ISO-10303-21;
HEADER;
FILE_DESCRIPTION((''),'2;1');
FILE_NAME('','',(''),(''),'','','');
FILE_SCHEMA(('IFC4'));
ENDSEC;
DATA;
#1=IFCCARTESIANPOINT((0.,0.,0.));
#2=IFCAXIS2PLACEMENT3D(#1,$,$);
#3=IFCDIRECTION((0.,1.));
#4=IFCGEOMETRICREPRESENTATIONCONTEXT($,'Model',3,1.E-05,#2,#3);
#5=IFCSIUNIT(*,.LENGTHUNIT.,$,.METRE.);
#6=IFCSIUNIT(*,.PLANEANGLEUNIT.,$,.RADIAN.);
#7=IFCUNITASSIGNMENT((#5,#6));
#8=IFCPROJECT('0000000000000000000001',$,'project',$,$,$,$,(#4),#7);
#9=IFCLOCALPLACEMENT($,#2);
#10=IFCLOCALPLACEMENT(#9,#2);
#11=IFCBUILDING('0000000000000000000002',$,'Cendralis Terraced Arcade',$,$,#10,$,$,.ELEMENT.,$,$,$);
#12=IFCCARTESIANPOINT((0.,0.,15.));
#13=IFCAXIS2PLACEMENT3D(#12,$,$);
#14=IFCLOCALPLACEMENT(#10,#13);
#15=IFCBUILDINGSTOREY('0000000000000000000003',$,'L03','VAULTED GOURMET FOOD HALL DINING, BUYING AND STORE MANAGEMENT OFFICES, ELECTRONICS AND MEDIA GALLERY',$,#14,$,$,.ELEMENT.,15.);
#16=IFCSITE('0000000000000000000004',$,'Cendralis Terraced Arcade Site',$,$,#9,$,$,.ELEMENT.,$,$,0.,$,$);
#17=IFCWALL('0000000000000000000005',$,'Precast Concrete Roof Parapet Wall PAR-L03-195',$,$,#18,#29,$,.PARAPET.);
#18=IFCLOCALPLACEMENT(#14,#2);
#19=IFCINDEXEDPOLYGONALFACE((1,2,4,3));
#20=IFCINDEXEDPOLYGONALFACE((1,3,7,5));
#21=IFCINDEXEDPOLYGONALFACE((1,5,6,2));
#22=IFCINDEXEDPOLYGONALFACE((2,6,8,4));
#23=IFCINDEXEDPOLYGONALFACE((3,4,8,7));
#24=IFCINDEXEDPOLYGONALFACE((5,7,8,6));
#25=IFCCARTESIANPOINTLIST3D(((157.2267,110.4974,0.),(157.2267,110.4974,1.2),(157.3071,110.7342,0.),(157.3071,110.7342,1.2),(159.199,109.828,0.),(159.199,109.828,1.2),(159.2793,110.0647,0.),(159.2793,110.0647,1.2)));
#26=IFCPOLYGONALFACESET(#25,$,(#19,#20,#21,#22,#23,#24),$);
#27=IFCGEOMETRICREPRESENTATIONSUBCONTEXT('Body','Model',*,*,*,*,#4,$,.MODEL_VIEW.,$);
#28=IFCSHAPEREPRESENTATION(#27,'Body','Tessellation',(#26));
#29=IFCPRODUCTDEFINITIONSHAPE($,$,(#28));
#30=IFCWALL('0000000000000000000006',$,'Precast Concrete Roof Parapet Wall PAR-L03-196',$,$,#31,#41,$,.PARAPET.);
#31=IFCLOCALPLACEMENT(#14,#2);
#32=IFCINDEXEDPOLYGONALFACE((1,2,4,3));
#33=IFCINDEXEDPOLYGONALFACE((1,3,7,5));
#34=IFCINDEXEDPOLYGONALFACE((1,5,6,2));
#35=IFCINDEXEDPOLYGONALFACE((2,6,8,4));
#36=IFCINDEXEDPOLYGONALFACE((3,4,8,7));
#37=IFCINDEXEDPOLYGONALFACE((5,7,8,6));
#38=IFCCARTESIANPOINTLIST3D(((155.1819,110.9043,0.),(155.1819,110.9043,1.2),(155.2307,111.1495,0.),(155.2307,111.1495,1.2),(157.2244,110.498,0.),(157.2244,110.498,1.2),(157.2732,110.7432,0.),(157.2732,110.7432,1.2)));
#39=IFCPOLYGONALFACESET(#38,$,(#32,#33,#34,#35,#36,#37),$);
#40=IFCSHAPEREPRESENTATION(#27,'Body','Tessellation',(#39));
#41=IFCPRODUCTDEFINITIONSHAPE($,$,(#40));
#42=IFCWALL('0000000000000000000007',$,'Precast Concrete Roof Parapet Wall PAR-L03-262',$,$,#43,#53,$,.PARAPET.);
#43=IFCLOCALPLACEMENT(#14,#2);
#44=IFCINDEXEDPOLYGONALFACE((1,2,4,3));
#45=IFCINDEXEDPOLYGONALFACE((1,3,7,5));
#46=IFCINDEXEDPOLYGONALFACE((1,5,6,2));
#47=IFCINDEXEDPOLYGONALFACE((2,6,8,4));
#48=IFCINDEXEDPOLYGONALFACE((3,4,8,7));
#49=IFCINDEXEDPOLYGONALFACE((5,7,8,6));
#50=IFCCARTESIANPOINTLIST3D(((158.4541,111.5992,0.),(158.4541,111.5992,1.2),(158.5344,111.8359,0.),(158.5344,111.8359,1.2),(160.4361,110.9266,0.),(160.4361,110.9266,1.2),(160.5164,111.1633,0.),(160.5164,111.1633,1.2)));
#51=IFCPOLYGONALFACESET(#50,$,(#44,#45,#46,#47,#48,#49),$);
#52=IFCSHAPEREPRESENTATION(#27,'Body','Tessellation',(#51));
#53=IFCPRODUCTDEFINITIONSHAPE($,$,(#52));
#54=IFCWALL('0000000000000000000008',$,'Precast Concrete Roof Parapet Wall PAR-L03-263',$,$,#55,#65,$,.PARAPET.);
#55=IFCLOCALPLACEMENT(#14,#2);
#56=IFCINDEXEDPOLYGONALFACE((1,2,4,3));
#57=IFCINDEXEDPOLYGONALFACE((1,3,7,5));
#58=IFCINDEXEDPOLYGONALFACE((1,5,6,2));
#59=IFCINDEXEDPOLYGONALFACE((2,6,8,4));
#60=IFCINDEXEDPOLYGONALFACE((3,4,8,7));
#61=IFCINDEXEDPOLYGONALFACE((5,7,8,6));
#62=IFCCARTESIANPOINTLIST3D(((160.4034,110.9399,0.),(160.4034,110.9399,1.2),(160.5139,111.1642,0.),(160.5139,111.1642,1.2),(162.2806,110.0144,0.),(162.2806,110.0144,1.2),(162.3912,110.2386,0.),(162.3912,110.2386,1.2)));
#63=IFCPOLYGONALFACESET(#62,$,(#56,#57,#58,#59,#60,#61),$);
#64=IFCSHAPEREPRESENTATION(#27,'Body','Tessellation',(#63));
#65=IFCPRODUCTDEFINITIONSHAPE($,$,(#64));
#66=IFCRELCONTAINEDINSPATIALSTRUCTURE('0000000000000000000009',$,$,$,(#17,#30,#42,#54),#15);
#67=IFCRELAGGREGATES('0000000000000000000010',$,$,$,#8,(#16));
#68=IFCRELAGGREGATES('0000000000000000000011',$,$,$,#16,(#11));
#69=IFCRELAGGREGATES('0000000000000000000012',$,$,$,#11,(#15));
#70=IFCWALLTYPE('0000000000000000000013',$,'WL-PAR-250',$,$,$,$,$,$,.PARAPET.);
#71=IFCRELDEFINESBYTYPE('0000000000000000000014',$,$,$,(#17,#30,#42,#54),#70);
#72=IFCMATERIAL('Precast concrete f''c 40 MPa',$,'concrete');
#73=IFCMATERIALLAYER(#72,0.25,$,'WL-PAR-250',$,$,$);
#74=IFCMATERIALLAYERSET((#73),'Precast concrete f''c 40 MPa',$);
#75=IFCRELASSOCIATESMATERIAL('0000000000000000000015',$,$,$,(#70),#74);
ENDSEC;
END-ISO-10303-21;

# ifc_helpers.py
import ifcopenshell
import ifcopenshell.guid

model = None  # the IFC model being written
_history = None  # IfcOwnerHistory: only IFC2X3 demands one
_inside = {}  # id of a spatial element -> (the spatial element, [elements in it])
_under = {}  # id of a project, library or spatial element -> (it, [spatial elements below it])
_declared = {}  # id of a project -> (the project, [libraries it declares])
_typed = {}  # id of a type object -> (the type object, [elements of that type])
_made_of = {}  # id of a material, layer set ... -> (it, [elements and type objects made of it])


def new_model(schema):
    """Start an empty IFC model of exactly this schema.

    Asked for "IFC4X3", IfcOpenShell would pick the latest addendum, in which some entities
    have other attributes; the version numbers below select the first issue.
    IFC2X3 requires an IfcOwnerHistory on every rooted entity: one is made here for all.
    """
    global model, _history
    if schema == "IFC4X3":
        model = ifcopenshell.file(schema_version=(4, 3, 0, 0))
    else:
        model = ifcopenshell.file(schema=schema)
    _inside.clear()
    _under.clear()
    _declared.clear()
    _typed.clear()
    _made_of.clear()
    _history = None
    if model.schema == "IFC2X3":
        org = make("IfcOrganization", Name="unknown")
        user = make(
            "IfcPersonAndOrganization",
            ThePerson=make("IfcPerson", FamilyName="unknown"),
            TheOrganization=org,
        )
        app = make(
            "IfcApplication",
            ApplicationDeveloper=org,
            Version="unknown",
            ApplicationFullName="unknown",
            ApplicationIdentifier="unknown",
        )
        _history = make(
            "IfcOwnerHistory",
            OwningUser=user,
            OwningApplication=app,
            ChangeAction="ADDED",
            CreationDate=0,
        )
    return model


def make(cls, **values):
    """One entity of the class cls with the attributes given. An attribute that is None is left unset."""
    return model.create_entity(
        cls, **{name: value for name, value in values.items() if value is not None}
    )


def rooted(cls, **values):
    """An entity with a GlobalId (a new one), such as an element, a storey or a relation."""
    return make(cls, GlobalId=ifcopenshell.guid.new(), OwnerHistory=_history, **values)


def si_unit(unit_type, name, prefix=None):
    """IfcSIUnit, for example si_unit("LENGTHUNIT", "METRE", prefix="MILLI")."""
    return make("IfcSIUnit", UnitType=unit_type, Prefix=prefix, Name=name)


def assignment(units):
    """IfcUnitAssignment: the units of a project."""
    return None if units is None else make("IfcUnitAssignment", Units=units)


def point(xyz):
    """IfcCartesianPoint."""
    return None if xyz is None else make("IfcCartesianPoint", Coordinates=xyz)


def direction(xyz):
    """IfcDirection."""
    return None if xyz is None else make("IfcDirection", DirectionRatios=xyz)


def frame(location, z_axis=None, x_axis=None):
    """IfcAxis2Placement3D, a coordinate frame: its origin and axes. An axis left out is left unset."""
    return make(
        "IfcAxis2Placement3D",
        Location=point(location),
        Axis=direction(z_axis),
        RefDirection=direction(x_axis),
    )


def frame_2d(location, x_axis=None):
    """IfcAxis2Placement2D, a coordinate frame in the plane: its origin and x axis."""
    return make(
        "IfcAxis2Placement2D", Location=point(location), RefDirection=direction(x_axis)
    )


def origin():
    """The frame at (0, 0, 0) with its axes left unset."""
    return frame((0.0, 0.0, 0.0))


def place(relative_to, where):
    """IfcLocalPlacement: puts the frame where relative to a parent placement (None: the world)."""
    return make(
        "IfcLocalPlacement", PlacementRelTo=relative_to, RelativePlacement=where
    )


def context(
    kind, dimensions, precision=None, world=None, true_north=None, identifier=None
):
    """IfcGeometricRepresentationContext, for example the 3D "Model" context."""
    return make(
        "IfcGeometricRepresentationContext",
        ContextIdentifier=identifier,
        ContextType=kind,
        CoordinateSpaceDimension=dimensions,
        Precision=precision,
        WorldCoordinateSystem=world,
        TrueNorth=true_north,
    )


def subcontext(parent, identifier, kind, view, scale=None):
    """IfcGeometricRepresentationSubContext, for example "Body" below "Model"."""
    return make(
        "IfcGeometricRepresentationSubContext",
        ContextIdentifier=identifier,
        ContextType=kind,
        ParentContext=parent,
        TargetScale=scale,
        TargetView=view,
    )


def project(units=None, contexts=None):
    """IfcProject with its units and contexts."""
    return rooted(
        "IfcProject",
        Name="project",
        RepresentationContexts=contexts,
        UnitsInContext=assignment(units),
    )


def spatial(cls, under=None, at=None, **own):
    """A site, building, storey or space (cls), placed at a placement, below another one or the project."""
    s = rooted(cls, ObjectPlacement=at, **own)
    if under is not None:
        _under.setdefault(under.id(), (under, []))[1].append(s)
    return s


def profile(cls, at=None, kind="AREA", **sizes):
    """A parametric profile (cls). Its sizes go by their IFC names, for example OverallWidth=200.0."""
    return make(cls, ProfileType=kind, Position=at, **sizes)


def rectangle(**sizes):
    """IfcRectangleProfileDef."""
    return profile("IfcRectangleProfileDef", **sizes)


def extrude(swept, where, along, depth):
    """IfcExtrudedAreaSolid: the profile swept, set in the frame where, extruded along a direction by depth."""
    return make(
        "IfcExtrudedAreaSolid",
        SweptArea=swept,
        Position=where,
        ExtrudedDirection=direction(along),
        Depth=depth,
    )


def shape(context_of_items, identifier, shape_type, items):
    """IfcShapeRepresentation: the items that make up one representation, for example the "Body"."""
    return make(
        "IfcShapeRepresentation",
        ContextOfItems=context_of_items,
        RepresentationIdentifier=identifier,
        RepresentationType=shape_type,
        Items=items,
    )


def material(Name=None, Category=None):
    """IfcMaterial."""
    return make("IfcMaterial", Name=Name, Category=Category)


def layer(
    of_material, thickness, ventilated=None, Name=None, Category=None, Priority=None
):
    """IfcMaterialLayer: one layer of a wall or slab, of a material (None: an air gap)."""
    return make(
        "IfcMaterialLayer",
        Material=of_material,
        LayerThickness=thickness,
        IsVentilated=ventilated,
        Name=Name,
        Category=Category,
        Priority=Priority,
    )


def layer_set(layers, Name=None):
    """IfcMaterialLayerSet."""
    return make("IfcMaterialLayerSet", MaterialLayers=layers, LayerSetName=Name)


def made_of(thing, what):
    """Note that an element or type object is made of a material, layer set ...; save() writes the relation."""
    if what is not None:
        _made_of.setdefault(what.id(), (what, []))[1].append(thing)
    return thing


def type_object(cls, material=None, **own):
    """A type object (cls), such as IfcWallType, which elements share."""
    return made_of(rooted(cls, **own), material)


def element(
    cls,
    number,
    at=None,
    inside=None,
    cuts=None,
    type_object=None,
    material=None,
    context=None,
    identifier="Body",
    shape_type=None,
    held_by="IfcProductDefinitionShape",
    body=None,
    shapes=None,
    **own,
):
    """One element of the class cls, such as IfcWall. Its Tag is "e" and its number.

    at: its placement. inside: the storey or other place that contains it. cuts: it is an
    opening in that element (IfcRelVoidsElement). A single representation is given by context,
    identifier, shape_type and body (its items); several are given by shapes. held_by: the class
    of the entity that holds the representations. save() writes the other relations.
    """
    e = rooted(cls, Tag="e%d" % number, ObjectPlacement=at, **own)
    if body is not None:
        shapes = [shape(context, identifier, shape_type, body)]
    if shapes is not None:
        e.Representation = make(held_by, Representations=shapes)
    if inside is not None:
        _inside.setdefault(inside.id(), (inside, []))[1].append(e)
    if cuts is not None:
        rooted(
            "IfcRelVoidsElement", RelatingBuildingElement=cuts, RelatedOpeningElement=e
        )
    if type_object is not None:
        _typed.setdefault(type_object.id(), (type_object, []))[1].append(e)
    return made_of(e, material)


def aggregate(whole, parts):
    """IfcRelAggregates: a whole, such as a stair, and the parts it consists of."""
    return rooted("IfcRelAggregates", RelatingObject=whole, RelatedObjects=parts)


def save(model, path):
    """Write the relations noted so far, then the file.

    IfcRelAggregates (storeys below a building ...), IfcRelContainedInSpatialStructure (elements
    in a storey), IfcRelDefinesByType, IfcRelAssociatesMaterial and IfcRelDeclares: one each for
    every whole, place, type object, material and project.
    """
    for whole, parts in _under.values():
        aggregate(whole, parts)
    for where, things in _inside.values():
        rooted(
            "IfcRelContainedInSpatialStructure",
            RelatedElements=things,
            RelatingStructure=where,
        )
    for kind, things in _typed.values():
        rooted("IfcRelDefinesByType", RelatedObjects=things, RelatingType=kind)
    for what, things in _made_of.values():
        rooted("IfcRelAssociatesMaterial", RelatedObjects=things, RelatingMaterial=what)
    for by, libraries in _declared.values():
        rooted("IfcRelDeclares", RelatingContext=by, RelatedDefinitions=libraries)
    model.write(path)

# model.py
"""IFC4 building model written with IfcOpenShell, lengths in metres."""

from ifc_helpers import new_model, si_unit, direction, frame, frame_2d, origin, place, context, subcontext, project, spatial, rectangle, extrude, material, layer, layer_set, type_object, element, save


model = new_model("IFC4")

# Units and contexts
model_context = context("Model", 3, precision=1e-05, world=origin(), true_north=direction((0.0, 1.0)))
body_context = subcontext(model_context, "Body", "Model", "MODEL_VIEW")
ifc_project = project(units=[si_unit("LENGTHUNIT", "METRE"), si_unit("PLANEANGLEUNIT", "RADIAN")], contexts=[model_context])

# Site, building, storey
site_placement = place(None, origin())
site = spatial("IfcSite", under=ifc_project, at=site_placement, Name="Cendralis Terraced Arcade Site", CompositionType="ELEMENT", RefElevation=0.0)
building_placement = place(site_placement, origin())
building = spatial("IfcBuilding", under=site, at=building_placement, Name="Cendralis Terraced Arcade", CompositionType="ELEMENT")
storey_placement = place(building_placement, frame((0.0, 0.0, 15.0)))
storey = spatial("IfcBuildingStorey", under=building, at=storey_placement, Name="L03", Description="VAULTED GOURMET FOOD HALL DINING, BUYING AND STORE MANAGEMENT OFFICES, ELECTRONICS AND MEDIA GALLERY", CompositionType="ELEMENT", Elevation=15.0)

# Walls
ifc_material_1 = material(Name="Precast concrete f'c 40 MPa", Category="concrete")
ifc_layer_1 = layer(ifc_material_1, 0.25, Name="WL-PAR-250")
ifc_layer_set_1 = layer_set([ifc_layer_1], Name="Precast concrete f'c 40 MPa")
wall_type = type_object("IfcWallType", Name="WL-PAR-250", PredefinedType="PARAPET", material=ifc_layer_set_1)
wall_1_placement = place(storey_placement, frame((159.2393, 109.9463, 0.0), z_axis=(0.0, 0.0, 1.0), x_axis=(-0.946934, 0.321428, 0.0)))
element("IfcWall", 1, at=wall_1_placement, inside=storey, type_object=wall_type, Name="Precast Concrete Roof Parapet Wall PAR-L03-195", PredefinedType="PARAPET", context=body_context, shape_type="SweptSolid", body=[
    extrude(rectangle(XDim=2.0828, YDim=0.25, at=frame_2d((1.0415, 0.0))), origin(), (0.0, 0.0, 1.0), 1.2),
])
wall_2_placement = place(storey_placement, frame((157.2488, 110.6206, 0.0), z_axis=(0.0, 0.0, 1.0), x_axis=(-0.980788, 0.195079, 0.0)))
element("IfcWall", 2, at=wall_2_placement, inside=storey, type_object=wall_type, Name="Precast Concrete Roof Parapet Wall PAR-L03-196", PredefinedType="PARAPET", context=body_context, shape_type="SweptSolid", body=[
    extrude(rectangle(XDim=2.0825, YDim=0.25, at=frame_2d((1.0413, 0.0))), origin(), (0.0, 0.0, 1.0), 1.2),
])
for number, where, z_axis, x_axis, name in (
    (3, (158.4944, 111.7175, 0.0), (0.0, 0.0, 1.0), (0.946955, -0.321367, 0.0), "Precast Concrete Roof Parapet Wall PAR-L03-262"),
    (4, (160.4587, 111.052, 0.0), (0.0, 0.0, 1.0), (0.89691, -0.442214, 0.0), "Precast Concrete Roof Parapet Wall PAR-L03-263"),
):
    element("IfcWall", number, at=place(storey_placement, frame(where, z_axis=z_axis, x_axis=x_axis)), inside=storey, type_object=wall_type, Name=name, PredefinedType="PARAPET", context=body_context, shape_type="SweptSolid", body=[
        extrude(rectangle(XDim=2.093, YDim=0.25, at=frame_2d((1.0464, 0.0))), origin(), (0.0, 0.0, 1.0), 1.2),
    ])

save(model, "model.ifc")
